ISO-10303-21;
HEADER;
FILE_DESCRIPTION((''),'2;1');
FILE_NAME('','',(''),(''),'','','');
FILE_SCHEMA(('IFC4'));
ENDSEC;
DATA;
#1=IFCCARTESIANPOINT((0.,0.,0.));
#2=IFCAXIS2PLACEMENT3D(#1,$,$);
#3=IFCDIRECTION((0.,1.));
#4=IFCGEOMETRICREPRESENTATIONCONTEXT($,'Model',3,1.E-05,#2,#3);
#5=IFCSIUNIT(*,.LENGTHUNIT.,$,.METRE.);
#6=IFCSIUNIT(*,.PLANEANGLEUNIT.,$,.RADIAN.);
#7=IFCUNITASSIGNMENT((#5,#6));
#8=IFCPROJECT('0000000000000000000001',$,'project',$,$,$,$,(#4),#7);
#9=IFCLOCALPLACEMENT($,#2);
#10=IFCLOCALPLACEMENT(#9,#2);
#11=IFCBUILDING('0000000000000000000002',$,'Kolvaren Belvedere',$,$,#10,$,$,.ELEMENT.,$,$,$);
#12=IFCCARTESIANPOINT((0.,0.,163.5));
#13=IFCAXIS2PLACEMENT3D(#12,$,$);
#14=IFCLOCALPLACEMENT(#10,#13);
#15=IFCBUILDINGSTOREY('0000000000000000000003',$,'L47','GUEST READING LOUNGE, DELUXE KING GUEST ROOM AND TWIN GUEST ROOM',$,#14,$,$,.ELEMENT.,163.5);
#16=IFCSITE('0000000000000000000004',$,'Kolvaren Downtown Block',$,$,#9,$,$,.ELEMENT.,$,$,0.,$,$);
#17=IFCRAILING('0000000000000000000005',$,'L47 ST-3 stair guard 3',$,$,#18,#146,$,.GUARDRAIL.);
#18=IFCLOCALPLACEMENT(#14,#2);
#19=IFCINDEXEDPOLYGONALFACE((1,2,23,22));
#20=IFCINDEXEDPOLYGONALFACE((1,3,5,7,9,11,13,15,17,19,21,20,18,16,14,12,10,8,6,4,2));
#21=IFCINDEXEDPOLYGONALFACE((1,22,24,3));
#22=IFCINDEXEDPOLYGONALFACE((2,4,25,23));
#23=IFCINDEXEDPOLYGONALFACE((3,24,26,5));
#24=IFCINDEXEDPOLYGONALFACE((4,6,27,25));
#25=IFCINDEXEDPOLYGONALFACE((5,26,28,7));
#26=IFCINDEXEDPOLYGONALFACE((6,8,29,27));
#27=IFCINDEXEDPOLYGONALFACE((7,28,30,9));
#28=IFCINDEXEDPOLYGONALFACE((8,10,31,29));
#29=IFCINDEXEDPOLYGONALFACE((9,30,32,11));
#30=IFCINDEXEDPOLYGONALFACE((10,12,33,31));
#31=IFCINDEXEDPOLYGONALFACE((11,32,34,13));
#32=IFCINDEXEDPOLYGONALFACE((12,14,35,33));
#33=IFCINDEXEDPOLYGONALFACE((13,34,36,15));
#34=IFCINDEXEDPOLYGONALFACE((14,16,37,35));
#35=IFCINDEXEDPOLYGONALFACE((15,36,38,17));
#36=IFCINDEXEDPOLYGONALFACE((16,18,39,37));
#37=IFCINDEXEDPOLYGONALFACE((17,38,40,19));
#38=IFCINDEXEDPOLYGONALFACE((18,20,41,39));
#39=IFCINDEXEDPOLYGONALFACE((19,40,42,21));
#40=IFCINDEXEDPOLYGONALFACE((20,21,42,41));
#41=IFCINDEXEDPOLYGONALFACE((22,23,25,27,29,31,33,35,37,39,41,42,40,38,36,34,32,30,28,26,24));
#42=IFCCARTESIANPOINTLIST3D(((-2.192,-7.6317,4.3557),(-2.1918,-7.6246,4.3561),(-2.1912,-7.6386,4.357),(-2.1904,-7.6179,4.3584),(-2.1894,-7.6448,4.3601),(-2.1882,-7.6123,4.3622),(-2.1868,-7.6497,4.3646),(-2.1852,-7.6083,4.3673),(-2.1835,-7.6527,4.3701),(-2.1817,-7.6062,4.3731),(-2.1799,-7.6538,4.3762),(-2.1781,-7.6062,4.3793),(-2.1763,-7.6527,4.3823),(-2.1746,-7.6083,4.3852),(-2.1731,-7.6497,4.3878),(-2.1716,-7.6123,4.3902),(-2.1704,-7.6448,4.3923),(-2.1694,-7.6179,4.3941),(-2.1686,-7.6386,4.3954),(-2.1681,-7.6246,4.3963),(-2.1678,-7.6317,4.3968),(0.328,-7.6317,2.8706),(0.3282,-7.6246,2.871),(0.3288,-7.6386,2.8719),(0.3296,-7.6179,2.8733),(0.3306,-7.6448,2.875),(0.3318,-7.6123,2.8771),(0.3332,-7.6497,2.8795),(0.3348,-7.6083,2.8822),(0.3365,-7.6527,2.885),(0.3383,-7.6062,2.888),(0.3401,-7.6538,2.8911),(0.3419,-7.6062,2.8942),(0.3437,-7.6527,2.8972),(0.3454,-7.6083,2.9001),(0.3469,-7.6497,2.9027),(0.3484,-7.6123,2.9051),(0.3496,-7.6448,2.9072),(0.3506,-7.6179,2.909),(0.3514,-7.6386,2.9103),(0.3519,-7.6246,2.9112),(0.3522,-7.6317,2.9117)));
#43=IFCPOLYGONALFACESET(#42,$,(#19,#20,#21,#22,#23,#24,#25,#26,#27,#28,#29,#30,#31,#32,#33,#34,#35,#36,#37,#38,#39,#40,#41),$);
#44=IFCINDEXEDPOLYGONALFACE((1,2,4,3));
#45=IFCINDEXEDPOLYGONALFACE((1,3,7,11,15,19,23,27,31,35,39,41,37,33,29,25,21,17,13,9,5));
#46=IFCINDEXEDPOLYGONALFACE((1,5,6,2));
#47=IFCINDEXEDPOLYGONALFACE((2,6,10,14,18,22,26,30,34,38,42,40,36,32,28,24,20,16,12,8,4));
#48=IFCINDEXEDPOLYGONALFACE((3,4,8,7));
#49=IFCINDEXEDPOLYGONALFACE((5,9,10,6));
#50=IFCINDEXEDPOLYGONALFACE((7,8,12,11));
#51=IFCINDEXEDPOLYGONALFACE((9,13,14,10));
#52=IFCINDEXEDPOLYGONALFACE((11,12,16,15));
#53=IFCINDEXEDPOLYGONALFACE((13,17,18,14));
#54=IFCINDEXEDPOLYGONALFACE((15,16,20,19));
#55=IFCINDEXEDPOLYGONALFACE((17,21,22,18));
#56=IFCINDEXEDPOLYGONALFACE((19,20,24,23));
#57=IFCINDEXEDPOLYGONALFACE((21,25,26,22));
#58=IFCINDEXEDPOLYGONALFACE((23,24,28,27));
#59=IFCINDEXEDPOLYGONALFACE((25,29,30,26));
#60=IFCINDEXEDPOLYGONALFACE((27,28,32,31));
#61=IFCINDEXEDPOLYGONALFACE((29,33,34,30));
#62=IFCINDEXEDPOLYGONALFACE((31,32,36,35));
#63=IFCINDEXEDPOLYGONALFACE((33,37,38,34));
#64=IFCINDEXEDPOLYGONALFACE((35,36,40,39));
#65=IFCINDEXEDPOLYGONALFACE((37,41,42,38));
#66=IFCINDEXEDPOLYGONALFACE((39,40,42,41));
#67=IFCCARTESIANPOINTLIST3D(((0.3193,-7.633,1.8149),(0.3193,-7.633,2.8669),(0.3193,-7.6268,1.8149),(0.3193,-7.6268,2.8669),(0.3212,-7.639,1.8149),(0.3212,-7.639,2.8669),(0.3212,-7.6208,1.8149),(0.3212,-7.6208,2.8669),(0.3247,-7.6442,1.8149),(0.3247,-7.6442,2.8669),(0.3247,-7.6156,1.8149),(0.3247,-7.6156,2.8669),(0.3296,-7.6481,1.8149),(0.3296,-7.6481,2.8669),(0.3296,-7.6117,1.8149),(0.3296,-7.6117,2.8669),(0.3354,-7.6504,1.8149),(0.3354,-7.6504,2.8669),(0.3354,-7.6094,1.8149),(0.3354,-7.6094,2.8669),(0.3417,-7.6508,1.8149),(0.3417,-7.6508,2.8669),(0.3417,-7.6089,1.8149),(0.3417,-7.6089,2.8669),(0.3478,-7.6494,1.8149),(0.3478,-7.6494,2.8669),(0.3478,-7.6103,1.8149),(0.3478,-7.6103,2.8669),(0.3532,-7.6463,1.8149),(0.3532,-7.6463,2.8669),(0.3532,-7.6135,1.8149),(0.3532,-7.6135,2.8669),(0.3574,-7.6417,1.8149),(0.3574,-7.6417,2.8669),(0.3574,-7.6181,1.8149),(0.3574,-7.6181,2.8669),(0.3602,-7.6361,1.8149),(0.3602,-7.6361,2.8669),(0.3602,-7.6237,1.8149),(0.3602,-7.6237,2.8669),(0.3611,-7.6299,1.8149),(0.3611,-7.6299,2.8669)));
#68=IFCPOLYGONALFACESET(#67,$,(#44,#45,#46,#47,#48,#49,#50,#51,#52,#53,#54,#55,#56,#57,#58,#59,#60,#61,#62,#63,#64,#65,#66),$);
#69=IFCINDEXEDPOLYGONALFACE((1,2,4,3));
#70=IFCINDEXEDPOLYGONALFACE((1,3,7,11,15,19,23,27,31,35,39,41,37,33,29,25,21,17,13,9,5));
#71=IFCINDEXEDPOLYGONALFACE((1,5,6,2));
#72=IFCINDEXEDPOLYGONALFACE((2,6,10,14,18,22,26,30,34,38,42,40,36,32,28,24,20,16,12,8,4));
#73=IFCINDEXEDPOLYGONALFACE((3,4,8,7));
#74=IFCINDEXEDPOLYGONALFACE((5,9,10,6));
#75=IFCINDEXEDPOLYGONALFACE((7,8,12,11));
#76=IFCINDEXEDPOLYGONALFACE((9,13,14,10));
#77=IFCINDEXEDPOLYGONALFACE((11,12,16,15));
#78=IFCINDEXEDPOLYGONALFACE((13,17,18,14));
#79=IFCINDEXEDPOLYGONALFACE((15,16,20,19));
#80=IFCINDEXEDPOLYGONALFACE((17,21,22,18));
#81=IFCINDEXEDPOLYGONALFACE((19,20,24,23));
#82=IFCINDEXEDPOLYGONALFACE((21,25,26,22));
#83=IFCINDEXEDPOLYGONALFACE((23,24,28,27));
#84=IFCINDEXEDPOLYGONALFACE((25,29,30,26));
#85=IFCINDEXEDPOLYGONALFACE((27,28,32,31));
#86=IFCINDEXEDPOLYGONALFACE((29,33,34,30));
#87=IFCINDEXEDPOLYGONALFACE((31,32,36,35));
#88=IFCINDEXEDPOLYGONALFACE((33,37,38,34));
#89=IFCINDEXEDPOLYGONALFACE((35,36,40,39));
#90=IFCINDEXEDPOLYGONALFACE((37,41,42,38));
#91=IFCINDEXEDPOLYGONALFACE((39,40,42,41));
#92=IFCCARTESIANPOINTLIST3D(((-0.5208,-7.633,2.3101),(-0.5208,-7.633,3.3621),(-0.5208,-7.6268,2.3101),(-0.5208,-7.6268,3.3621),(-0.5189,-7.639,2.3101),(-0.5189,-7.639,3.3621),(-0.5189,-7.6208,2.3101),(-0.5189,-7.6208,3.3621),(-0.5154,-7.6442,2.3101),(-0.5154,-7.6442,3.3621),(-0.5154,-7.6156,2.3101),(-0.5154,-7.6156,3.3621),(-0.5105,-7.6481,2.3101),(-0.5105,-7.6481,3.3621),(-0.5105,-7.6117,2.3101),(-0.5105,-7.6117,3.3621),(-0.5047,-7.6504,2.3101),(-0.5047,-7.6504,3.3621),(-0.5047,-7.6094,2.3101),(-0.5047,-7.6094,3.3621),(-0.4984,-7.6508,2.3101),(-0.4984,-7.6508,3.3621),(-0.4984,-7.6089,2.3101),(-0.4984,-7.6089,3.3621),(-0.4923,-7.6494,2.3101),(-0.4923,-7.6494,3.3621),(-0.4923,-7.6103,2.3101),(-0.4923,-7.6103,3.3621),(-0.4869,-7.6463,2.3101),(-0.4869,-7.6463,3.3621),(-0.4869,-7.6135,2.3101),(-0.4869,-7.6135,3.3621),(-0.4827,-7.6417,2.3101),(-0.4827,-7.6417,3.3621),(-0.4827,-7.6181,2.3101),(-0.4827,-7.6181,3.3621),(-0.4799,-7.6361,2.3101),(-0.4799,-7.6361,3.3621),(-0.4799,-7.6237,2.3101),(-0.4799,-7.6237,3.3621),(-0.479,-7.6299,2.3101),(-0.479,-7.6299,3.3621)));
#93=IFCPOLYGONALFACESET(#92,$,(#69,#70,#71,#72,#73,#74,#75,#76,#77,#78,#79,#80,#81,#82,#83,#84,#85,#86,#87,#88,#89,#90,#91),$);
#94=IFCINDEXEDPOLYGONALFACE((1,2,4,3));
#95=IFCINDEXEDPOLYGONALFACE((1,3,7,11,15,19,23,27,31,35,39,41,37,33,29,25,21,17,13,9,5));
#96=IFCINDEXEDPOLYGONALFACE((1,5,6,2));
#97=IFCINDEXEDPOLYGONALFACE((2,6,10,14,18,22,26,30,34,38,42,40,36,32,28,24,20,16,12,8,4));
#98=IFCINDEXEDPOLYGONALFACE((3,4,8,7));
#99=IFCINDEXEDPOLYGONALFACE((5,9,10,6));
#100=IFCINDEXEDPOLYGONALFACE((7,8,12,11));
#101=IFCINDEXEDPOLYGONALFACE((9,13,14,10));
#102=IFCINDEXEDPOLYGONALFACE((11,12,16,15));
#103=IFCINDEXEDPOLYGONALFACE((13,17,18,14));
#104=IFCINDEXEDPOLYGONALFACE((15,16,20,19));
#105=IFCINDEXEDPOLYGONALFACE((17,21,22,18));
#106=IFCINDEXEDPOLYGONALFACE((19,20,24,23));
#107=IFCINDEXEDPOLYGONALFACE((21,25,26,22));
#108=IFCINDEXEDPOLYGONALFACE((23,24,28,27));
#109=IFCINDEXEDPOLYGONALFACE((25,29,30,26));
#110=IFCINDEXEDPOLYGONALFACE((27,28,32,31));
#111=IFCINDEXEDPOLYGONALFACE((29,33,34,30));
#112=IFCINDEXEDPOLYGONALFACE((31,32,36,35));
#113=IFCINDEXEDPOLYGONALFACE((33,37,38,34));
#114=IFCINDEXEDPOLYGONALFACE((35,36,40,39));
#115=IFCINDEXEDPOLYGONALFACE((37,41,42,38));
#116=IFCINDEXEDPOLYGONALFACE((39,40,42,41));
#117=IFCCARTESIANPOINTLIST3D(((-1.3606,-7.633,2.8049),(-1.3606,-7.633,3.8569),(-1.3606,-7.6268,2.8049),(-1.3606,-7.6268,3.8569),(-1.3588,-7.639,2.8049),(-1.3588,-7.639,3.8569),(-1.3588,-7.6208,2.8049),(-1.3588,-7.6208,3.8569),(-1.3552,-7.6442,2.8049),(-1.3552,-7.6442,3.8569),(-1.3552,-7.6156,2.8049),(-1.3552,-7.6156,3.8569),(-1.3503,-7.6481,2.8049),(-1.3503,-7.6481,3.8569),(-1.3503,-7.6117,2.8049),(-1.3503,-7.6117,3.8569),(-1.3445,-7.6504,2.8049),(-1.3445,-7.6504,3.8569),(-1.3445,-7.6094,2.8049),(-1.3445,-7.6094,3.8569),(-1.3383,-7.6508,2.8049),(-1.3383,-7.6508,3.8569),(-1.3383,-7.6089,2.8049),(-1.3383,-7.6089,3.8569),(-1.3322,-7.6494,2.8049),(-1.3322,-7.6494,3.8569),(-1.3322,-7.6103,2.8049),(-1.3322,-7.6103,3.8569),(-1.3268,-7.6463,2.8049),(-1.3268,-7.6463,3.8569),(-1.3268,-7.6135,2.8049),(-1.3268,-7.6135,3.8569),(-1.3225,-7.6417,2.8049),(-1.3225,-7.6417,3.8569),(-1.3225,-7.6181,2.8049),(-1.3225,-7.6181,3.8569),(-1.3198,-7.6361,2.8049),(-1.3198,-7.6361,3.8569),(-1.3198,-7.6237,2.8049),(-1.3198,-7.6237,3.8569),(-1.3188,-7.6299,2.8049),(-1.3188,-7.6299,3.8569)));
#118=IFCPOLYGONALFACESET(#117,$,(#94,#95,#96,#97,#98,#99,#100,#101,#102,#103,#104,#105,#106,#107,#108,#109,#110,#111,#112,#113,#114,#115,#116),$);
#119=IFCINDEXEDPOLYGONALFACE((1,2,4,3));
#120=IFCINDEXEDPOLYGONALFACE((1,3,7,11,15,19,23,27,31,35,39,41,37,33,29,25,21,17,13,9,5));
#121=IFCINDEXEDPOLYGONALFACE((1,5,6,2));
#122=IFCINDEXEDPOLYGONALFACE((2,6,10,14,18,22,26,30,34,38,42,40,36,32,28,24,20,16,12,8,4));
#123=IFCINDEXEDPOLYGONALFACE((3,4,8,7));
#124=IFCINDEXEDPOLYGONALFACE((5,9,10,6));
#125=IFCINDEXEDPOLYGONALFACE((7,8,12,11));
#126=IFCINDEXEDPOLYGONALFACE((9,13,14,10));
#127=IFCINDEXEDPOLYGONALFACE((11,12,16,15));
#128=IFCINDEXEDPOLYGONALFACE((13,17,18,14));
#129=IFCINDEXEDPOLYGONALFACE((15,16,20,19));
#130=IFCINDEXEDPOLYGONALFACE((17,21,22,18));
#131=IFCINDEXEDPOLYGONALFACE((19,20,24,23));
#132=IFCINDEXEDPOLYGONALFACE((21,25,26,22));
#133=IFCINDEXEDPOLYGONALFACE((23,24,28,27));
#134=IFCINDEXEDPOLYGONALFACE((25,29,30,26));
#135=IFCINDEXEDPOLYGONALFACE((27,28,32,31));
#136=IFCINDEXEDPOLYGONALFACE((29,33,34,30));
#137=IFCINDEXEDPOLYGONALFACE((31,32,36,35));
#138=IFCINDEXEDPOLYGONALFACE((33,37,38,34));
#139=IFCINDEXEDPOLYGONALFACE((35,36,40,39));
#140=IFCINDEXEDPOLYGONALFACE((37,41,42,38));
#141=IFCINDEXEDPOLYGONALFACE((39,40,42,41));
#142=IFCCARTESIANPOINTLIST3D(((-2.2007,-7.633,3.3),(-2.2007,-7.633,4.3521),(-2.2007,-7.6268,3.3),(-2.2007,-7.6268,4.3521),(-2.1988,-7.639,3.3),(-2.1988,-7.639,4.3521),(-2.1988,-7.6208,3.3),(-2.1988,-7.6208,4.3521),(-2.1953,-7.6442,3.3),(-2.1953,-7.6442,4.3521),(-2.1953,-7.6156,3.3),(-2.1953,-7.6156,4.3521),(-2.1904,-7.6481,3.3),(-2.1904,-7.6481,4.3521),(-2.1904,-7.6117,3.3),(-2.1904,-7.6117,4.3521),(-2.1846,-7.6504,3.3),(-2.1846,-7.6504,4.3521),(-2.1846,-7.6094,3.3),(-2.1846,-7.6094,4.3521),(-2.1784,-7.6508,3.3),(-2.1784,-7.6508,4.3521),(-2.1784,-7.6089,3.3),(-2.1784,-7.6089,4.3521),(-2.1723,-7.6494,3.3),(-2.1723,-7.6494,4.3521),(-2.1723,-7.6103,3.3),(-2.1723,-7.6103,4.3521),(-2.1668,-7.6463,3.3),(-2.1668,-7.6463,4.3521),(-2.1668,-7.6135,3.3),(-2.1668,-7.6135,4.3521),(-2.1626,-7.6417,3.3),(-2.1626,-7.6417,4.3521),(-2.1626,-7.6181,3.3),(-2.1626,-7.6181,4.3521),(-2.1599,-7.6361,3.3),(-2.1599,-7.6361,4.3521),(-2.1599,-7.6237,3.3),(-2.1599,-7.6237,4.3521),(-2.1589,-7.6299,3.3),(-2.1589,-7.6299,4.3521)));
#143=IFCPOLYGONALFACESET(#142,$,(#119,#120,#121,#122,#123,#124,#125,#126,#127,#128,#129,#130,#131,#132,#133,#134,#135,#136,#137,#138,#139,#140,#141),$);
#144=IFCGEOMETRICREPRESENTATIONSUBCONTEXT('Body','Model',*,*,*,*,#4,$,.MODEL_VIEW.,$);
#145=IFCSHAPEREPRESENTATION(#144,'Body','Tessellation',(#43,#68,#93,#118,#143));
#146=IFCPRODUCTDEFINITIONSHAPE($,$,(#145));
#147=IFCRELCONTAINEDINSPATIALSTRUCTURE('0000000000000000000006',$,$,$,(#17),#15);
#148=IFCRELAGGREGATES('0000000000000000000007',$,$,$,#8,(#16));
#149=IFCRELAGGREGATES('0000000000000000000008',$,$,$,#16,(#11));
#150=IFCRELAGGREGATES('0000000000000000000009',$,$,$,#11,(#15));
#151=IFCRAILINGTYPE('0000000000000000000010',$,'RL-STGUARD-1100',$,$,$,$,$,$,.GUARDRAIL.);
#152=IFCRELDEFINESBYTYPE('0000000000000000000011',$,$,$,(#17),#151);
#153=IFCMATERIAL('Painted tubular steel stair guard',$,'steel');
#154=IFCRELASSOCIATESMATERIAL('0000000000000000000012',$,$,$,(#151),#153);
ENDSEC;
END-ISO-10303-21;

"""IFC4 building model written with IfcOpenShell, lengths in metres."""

from ifc_helpers import new_model, si_unit, direction, frame, origin, origin_2d, place, context, subcontext, project, spatial, circle, extrude, material, type_object, element, save


model = new_model("IFC4")

# Units and contexts
model_context = context("Model", 3, precision=1e-05, world=origin(), true_north=direction((0.0, 1.0)))
body_context = subcontext(model_context, "Body", "Model", "MODEL_VIEW")
ifc_project = project(units=[si_unit("LENGTHUNIT", "METRE"), si_unit("PLANEANGLEUNIT", "RADIAN")], contexts=[model_context])

# Site, building, storey
site_placement = place(None, origin())
site = spatial("IfcSite", under=ifc_project, at=site_placement, Name="Kolvaren Downtown Block", CompositionType="ELEMENT", RefElevation=0.0)
building_placement = place(site_placement, origin())
building = spatial("IfcBuilding", under=site, at=building_placement, Name="Kolvaren Belvedere", CompositionType="ELEMENT")
storey_placement = place(building_placement, frame((0.0, 0.0, 163.5)))
storey = spatial("IfcBuildingStorey", under=building, at=storey_placement, Name="L47", Description="GUEST READING LOUNGE, DELUXE KING GUEST ROOM AND TWIN GUEST ROOM", CompositionType="ELEMENT", Elevation=163.5)

# Railing
ifc_material_1 = material(Name="Painted tubular steel stair guard", Category="steel")
railing_type_1 = type_object("IfcRailingType", Name="RL-STGUARD-1100", PredefinedType="GUARDRAIL", material=ifc_material_1)
railing_1_placement = place(storey_placement, frame((0.3401, -7.6299, 1.8149)))
element("IfcRailing", 1, at=railing_1_placement, inside=storey, type_object=railing_type_1, Name="L47 ST-3 stair guard 3", PredefinedType="GUARDRAIL", context=body_context, shape_type="SweptSolid", body=[
    extrude(circle(Radius=0.0239, at=origin_2d()), frame((0.0, 0.0, 1.0762), z_axis=(-0.861524, 0.0, 0.507717), x_axis=(0.0, -1.0, 0.0)), (0.0, 0.0, 1.0), 2.925),
    extrude(circle(Radius=0.021, at=origin_2d()), origin(), (0.0, 0.0, 1.0), 1.052),
    extrude(circle(Radius=0.021, at=origin_2d()), frame((-0.8401, 0.0, 0.4951)), (0.0, 0.0, 1.0), 1.052),
    extrude(circle(Radius=0.021, at=origin_2d()), frame((-1.6799, 0.0, 0.99)), (0.0, 0.0, 1.0), 1.052),
    extrude(circle(Radius=0.021, at=origin_2d()), frame((-2.52, 0.0, 1.4851)), (0.0, 0.0, 1.0), 1.052),
])

save(model, "model.ifc")
